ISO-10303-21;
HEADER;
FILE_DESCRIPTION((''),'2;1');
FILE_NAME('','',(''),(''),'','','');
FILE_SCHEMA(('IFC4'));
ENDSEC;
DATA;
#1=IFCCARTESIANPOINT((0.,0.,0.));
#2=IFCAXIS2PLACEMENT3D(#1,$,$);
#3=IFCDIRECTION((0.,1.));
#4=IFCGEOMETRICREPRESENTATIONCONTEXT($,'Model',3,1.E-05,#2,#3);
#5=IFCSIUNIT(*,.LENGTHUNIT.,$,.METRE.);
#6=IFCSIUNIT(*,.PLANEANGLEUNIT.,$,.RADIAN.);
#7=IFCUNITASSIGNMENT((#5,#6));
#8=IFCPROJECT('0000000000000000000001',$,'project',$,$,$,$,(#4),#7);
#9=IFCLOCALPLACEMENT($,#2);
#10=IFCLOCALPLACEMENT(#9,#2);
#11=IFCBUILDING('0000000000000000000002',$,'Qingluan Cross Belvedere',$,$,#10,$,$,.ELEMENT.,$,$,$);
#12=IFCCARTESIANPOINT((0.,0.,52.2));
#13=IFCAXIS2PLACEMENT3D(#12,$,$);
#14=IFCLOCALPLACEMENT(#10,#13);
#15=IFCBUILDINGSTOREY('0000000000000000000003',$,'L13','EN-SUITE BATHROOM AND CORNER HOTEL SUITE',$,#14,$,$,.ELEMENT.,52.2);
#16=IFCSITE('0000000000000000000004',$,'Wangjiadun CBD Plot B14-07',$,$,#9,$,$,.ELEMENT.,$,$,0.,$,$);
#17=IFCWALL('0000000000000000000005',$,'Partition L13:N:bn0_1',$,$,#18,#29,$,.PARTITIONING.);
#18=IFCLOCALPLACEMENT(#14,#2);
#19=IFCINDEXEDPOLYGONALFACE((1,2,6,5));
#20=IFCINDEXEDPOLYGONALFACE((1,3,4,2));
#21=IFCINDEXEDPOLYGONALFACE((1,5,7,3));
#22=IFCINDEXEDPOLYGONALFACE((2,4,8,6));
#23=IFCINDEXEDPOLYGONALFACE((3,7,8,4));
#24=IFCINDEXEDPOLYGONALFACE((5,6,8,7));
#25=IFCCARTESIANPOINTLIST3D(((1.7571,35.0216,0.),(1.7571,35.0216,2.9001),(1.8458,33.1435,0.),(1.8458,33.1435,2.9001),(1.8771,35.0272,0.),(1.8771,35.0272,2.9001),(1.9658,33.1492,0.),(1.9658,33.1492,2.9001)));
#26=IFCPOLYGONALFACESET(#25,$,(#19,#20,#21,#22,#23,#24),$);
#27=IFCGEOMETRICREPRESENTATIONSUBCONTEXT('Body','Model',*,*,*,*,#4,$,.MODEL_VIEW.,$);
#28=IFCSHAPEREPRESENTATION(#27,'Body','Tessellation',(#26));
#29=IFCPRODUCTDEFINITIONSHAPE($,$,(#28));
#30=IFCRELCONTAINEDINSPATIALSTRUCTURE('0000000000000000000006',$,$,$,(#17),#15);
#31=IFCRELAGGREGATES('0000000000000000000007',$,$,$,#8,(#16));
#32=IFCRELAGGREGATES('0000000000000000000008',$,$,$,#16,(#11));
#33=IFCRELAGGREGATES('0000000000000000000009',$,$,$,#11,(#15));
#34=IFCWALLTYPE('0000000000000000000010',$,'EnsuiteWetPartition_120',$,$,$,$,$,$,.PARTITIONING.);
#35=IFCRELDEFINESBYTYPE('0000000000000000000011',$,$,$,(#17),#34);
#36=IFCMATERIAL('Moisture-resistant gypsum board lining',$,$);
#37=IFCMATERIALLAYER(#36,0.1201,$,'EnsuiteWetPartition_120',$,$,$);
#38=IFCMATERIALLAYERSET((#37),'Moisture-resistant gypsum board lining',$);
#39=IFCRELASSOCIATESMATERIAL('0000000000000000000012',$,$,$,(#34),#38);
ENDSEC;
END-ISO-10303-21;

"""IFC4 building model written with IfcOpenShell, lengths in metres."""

from ifc_helpers import new_model, si_unit, direction, frame, frame_2d, origin, place, context, subcontext, project, spatial, rectangle, extrude, material, layer, layer_set, type_object, element, save


model = new_model("IFC4")

# Units and contexts
model_context = context("Model", 3, precision=1e-05, world=origin(), true_north=direction((0.0, 1.0)))
body_context = subcontext(model_context, "Body", "Model", "MODEL_VIEW")
ifc_project = project(units=[si_unit("LENGTHUNIT", "METRE"), si_unit("PLANEANGLEUNIT", "RADIAN")], contexts=[model_context])

# Site, building, storey
site_placement = place(None, origin())
site = spatial("IfcSite", under=ifc_project, at=site_placement, Name="Wangjiadun CBD Plot B14-07", CompositionType="ELEMENT", RefElevation=0.0)
building_placement = place(site_placement, origin())
building = spatial("IfcBuilding", under=site, at=building_placement, Name="Qingluan Cross Belvedere", CompositionType="ELEMENT")
storey_placement = place(building_placement, frame((0.0, 0.0, 52.2)))
storey = spatial("IfcBuildingStorey", under=building, at=storey_placement, Name="L13", Description="EN-SUITE BATHROOM AND CORNER HOTEL SUITE", CompositionType="ELEMENT", Elevation=52.2)

# Shared definitions
ifc_material_1 = material(Name="Moisture-resistant gypsum board lining")
ifc_layer_1 = layer(ifc_material_1, 0.1201, Name="EnsuiteWetPartition_120")
ifc_layer_set_1 = layer_set([ifc_layer_1], Name="Moisture-resistant gypsum board lining")
wall_type_1 = type_object("IfcWallType", Name="EnsuiteWetPartition_120", PredefinedType="PARTITIONING", material=ifc_layer_set_1)

# Wall
wall_1_placement = place(storey_placement, frame((1.9058, 33.1465, 0.0), z_axis=(0.0, 0.0, 1.0), x_axis=(-0.047139, 0.998888, 0.0)))
element("IfcWall", 1, at=wall_1_placement, inside=storey, type_object=wall_type_1, Name="Partition L13:N:bn0_1", PredefinedType="PARTITIONING", context=body_context, shape_type="SweptSolid", body=[
    extrude(rectangle(XDim=1.8801, YDim=0.1201, at=frame_2d((0.9399, 0.0))), origin(), (0.0, 0.0, 1.0), 2.9001),
])

save(model, "model.ifc")
